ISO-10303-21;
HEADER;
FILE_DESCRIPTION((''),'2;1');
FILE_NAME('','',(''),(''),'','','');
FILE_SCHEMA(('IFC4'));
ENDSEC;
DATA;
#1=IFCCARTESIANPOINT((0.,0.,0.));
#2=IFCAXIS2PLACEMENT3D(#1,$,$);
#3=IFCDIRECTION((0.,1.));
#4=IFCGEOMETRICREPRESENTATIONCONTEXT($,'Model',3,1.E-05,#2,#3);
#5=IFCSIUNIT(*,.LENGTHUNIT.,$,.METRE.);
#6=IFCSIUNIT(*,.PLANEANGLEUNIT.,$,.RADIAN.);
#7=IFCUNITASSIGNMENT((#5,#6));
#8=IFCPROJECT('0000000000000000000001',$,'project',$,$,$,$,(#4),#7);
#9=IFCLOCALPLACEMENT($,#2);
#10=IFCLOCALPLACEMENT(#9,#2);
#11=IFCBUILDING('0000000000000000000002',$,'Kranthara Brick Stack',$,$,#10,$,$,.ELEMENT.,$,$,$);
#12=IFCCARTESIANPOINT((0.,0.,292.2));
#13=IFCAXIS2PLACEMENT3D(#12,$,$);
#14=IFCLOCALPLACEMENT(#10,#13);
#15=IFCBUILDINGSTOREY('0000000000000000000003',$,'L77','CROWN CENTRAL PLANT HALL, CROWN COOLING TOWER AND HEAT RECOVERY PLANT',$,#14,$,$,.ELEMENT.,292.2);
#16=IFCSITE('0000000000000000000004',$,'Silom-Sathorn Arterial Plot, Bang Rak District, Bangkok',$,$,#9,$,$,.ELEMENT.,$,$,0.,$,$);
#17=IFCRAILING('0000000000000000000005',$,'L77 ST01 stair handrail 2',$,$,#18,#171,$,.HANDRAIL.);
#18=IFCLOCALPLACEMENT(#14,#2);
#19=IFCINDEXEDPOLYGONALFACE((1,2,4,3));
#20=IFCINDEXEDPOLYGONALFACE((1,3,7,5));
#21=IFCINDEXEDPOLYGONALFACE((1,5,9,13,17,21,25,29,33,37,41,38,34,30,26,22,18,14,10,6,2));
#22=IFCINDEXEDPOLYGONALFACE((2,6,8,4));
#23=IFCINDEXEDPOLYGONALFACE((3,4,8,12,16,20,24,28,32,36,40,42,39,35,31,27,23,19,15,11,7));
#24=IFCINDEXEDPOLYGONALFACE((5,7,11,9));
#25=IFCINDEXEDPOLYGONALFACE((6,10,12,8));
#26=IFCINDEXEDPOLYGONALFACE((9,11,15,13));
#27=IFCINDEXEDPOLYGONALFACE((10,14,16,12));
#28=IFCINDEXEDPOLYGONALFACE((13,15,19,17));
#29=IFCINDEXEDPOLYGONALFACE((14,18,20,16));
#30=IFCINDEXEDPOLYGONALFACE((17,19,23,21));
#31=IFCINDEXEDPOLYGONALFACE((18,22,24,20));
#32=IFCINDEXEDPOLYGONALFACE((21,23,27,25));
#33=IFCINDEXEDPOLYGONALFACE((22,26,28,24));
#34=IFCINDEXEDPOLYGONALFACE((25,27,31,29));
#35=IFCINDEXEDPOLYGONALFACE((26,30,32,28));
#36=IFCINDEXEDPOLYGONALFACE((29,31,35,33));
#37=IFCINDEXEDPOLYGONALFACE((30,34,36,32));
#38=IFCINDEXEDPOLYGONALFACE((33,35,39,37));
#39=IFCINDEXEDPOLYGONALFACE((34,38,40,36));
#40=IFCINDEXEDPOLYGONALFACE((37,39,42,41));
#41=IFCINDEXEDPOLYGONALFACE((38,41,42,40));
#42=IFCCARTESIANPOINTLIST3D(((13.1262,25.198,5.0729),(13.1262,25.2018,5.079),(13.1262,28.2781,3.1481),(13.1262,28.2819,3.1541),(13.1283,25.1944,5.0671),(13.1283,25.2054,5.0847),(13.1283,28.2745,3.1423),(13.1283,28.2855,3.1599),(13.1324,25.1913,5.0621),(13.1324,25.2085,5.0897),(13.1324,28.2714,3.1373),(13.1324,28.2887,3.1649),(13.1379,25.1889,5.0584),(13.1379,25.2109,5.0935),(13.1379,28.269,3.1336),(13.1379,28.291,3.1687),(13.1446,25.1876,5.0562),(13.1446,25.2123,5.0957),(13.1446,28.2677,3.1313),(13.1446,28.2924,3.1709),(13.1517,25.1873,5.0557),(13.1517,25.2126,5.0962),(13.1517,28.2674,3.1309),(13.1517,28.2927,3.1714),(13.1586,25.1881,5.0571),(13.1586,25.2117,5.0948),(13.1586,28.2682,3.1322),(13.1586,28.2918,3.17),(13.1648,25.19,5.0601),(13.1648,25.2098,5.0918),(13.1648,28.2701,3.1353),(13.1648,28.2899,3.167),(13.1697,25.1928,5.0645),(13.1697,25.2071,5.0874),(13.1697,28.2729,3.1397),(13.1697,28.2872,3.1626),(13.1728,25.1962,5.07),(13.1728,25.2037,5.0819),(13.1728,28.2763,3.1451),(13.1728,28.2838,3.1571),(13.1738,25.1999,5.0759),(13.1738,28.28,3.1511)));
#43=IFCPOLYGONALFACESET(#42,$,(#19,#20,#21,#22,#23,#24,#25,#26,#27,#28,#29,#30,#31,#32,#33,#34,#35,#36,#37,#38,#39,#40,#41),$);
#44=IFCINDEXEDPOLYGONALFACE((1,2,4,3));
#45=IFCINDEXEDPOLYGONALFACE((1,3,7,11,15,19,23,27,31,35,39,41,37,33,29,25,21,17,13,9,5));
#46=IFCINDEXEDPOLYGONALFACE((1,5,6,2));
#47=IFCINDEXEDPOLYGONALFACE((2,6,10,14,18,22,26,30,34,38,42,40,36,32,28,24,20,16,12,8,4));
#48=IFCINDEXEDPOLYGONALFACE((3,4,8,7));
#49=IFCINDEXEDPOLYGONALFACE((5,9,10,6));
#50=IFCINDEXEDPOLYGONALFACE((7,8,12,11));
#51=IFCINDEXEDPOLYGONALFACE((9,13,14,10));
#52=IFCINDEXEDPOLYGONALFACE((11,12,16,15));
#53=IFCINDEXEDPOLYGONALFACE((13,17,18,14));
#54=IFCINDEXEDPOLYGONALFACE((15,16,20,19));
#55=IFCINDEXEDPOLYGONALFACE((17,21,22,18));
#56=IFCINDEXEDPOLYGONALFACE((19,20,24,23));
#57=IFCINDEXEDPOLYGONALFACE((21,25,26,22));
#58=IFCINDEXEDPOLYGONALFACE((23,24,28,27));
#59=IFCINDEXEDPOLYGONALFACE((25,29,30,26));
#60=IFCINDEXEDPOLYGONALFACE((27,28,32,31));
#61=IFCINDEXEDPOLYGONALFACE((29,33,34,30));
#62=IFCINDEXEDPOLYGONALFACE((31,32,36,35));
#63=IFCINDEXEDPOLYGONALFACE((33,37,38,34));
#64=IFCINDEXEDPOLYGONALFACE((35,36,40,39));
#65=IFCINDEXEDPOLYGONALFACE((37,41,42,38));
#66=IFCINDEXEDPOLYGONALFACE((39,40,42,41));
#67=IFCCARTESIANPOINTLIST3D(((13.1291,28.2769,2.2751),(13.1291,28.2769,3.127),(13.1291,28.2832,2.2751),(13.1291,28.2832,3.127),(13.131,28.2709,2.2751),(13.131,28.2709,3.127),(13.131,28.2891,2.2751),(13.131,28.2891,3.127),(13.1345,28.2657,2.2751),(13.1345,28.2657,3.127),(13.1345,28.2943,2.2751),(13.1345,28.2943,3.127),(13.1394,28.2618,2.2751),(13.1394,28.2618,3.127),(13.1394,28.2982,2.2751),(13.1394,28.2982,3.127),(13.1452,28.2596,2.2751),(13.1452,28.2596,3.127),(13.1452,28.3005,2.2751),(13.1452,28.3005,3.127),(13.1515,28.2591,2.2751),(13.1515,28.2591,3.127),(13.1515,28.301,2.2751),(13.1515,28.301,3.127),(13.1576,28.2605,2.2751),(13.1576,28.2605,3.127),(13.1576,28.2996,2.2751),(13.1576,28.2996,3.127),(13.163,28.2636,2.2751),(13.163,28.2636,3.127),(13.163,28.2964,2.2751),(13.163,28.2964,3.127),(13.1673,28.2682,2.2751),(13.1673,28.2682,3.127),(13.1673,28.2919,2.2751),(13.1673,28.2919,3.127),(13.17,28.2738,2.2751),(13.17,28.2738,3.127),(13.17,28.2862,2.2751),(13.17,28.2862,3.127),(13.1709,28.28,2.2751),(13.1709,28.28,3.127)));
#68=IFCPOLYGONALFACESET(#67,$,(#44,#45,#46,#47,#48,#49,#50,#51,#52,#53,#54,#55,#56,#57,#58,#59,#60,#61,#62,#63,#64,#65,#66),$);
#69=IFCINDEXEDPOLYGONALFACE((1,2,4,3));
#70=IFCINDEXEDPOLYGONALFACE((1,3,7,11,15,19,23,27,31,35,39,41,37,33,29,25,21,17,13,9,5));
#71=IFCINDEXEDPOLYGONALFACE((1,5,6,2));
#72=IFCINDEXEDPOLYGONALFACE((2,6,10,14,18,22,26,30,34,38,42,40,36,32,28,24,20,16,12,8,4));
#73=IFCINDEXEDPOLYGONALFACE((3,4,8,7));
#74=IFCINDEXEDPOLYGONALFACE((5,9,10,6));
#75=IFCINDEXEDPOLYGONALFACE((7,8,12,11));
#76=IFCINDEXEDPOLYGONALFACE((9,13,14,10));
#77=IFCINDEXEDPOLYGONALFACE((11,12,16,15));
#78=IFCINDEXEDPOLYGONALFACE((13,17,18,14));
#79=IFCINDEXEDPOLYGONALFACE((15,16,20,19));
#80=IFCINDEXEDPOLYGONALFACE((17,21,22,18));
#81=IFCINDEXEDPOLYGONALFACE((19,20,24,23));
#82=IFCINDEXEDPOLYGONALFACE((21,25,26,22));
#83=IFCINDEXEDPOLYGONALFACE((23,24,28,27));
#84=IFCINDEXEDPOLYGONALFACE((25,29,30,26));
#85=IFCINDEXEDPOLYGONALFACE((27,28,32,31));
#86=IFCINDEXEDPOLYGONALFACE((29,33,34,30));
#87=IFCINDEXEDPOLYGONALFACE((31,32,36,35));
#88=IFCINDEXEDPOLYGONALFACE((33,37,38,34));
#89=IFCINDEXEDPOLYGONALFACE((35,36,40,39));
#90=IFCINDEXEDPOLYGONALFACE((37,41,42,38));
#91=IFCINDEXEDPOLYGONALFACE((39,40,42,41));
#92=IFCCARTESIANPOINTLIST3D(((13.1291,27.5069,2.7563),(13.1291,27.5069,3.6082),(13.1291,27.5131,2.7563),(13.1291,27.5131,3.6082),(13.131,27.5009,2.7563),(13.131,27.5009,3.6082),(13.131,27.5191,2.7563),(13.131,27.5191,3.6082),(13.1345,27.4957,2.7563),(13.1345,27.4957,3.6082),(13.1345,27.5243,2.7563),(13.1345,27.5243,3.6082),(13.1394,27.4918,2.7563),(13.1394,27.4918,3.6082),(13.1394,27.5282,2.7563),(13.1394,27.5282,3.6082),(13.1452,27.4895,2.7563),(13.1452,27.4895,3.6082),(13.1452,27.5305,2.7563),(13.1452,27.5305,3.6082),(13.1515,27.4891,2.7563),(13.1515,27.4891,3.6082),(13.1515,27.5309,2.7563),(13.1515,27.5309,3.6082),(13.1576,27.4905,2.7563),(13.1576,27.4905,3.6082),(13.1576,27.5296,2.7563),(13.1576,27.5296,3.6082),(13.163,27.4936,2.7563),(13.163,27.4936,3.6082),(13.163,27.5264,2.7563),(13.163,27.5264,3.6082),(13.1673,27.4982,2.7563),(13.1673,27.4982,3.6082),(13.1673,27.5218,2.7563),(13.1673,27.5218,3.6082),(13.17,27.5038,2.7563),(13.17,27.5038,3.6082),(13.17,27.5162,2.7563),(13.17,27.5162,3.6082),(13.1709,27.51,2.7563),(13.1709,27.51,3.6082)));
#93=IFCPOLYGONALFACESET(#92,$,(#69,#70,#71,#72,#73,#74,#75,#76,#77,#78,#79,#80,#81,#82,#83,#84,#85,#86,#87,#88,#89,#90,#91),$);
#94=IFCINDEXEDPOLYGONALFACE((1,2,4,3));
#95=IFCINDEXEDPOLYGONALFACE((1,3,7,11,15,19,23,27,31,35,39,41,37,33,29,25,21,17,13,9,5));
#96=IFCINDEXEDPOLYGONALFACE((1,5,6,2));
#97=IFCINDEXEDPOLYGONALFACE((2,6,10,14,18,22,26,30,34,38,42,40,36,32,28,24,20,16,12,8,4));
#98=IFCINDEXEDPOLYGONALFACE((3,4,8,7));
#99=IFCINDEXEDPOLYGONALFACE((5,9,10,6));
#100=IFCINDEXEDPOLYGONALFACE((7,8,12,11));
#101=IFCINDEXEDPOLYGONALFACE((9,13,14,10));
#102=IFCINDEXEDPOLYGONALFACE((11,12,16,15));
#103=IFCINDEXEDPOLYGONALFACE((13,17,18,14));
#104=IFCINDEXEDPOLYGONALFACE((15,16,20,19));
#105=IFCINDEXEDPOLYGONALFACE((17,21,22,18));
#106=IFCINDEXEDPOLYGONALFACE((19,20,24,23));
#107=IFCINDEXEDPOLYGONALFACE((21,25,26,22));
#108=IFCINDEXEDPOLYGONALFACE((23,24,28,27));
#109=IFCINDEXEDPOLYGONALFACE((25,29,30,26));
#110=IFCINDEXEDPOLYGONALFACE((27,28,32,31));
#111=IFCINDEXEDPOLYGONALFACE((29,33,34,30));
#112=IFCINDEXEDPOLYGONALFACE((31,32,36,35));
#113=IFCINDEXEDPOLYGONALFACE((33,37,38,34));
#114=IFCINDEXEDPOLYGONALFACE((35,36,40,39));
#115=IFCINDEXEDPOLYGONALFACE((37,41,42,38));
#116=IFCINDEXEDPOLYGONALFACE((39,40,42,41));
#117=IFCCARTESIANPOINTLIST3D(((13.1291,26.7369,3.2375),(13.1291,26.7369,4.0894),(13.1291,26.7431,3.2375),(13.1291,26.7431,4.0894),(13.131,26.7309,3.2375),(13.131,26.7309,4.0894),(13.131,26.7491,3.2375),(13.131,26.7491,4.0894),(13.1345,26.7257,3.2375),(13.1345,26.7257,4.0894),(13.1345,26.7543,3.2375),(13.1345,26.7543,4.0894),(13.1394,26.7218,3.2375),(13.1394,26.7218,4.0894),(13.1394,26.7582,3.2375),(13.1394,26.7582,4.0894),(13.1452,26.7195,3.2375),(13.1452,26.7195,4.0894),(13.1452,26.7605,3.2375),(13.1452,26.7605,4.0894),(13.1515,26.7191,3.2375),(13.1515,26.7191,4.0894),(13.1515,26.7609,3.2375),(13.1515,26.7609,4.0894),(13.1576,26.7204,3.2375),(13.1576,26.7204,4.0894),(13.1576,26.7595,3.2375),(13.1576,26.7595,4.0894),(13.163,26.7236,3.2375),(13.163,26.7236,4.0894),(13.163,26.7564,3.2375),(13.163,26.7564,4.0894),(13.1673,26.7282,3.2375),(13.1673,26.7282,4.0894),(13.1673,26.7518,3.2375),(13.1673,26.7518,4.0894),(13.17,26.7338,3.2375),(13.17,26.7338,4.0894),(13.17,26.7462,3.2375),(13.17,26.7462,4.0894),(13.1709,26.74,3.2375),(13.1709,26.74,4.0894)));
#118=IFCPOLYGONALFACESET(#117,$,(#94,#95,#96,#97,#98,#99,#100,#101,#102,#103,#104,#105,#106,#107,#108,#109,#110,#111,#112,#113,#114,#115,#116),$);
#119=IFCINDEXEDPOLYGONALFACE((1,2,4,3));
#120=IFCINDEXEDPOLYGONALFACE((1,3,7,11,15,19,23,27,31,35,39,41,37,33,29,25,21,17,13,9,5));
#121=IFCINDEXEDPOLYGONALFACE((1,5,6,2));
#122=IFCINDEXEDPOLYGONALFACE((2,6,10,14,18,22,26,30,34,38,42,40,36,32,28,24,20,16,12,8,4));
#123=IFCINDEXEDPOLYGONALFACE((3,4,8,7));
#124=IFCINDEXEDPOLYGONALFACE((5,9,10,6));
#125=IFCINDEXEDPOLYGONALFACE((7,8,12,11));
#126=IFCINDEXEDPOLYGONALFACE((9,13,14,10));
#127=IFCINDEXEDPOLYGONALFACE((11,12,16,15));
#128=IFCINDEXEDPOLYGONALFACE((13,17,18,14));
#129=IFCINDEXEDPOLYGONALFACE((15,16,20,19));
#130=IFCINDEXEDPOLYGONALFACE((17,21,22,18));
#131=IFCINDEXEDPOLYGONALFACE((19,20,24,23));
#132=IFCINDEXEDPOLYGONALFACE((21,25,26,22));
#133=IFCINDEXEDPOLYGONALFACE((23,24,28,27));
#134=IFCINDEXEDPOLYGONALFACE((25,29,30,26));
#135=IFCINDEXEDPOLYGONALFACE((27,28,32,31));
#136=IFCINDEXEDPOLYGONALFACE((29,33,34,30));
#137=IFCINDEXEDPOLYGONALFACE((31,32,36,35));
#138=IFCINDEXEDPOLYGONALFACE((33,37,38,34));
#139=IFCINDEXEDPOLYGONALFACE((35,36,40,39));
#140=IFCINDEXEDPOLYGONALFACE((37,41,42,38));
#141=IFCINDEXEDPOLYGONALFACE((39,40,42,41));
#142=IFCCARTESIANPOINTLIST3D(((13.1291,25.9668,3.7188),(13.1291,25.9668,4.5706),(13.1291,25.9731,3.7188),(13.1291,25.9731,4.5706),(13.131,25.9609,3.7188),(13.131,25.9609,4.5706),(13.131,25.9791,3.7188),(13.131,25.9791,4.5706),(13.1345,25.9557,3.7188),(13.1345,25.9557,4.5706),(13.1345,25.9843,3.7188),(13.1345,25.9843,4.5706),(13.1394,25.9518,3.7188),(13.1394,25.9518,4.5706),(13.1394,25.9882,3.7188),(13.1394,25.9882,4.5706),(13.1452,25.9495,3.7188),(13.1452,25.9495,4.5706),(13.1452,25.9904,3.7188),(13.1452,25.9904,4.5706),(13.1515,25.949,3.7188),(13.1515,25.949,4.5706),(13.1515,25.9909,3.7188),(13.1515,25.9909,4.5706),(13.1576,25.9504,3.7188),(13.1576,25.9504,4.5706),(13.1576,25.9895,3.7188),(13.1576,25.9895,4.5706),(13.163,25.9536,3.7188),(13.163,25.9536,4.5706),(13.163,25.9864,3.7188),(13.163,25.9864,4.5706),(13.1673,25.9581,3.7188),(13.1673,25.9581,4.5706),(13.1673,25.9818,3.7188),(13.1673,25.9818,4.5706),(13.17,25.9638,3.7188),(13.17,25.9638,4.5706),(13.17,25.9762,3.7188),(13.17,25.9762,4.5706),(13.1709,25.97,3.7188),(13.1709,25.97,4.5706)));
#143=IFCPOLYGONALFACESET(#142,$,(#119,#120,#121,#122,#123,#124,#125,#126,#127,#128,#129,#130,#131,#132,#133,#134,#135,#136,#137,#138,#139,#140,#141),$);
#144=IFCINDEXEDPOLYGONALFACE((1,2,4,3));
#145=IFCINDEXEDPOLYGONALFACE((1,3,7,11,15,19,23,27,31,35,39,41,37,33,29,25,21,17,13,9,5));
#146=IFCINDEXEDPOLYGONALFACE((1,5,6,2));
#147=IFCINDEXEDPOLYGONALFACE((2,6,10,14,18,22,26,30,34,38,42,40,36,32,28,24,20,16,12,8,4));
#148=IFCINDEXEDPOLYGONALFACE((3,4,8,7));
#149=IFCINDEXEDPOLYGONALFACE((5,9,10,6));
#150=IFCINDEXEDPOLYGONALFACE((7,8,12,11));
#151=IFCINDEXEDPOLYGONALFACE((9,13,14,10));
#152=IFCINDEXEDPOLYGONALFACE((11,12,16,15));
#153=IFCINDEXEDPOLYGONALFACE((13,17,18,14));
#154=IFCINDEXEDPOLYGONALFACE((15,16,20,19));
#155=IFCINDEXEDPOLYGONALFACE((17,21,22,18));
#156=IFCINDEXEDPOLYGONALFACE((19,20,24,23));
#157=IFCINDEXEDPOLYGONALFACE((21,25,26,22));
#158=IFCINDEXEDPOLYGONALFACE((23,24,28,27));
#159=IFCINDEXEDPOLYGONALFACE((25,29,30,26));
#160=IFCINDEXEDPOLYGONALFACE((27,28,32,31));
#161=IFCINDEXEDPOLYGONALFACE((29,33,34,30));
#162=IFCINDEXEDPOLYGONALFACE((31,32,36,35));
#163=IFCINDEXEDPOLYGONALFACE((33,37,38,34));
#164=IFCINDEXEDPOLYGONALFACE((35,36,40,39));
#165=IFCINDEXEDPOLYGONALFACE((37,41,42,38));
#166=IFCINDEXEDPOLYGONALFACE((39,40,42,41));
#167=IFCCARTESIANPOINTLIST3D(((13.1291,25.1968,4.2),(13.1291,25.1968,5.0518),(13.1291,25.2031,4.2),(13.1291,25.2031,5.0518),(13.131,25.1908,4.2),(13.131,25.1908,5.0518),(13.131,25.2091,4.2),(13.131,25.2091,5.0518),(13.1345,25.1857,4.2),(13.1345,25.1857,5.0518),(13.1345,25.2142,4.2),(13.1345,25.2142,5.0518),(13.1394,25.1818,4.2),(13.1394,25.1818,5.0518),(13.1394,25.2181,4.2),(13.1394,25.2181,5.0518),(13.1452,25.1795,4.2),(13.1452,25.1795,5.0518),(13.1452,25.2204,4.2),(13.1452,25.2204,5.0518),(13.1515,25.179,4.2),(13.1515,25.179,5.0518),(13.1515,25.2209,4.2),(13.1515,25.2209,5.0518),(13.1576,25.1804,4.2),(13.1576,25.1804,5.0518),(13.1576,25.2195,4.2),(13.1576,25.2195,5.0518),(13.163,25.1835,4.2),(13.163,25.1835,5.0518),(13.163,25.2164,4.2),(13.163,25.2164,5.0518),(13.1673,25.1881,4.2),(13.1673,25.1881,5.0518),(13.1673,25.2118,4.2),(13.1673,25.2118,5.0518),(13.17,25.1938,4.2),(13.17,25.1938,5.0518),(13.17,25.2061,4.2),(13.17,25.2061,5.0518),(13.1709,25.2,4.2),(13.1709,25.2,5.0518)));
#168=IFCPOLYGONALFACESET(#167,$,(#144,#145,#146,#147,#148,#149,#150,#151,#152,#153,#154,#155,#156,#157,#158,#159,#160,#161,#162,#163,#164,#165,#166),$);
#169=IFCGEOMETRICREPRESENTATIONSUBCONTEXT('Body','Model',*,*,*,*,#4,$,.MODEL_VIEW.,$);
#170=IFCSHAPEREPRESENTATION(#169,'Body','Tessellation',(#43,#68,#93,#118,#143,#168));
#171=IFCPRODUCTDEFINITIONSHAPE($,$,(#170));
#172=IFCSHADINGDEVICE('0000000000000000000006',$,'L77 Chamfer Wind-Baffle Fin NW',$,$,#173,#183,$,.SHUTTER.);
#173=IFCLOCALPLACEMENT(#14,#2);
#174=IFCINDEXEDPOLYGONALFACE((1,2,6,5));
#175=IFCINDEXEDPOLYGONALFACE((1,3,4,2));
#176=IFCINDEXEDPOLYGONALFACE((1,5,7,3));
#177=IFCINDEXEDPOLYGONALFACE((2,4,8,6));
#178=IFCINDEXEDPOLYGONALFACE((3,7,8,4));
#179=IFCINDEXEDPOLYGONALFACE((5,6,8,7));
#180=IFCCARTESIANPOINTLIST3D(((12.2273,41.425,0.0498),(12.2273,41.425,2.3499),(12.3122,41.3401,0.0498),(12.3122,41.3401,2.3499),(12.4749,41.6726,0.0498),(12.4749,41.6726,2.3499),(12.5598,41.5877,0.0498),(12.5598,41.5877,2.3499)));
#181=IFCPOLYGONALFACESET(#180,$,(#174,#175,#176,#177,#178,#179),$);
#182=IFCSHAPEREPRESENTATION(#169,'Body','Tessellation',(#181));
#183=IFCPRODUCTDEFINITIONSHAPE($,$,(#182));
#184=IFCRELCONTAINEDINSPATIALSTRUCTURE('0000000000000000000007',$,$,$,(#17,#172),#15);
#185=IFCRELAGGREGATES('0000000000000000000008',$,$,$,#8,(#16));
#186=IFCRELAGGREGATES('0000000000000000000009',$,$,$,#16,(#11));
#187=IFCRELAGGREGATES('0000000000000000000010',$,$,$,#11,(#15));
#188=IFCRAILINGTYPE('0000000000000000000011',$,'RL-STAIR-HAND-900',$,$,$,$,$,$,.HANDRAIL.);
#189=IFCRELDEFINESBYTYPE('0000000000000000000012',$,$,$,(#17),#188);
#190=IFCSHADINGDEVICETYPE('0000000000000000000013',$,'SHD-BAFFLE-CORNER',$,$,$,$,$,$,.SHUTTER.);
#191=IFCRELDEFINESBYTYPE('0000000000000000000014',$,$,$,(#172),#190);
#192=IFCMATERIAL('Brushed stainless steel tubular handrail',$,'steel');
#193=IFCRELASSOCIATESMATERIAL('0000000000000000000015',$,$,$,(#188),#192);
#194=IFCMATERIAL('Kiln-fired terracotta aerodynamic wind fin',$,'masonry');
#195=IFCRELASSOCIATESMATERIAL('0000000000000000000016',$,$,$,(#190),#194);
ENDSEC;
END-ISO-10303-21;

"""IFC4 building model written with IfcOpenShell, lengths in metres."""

from ifc_helpers import new_model, si_unit, direction, frame, origin, origin_2d, place, context, subcontext, project, spatial, rectangle, circle, extrude, material, type_object, element, save


model = new_model("IFC4")

# Units and contexts
model_context = context("Model", 3, precision=1e-05, world=origin(), true_north=direction((0.0, 1.0)))
body_context = subcontext(model_context, "Body", "Model", "MODEL_VIEW")
ifc_project = project(units=[si_unit("LENGTHUNIT", "METRE"), si_unit("PLANEANGLEUNIT", "RADIAN")], contexts=[model_context])

# Site, building, storey
site_placement = place(None, origin())
site = spatial("IfcSite", under=ifc_project, at=site_placement, Name="Silom-Sathorn Arterial Plot, Bang Rak District, Bangkok", CompositionType="ELEMENT", RefElevation=0.0)
building_placement = place(site_placement, origin())
building = spatial("IfcBuilding", under=site, at=building_placement, Name="Kranthara Brick Stack", CompositionType="ELEMENT")
storey_placement = place(building_placement, frame((0.0, 0.0, 292.2)))
storey = spatial("IfcBuildingStorey", under=building, at=storey_placement, Name="L77", Description="CROWN CENTRAL PLANT HALL, CROWN COOLING TOWER AND HEAT RECOVERY PLANT", CompositionType="ELEMENT", Elevation=292.2)

# Railing
ifc_material_1 = material(Name="Brushed stainless steel tubular handrail", Category="steel")
railing_type = type_object("IfcRailingType", Name="RL-STAIR-HAND-900", PredefinedType="HANDRAIL", material=ifc_material_1)
railing_placement = place(storey_placement, frame((13.1499, 28.28, 2.2751)))
element("IfcRailing", 1, at=railing_placement, inside=storey, type_object=railing_type, Name="L77 ST01 stair handrail 2", PredefinedType="HANDRAIL", context=body_context, shape_type="SweptSolid", body=[
    extrude(circle(Radius=0.0239, at=origin_2d()), frame((0.0, 0.0, 0.876), z_axis=(0.0, -0.848029, 0.529951), x_axis=(1.0, 0.0, 0.0)), (0.0, 0.0, 1.0), 3.6321),
    extrude(circle(Radius=0.021, at=origin_2d()), origin(), (0.0, 0.0, 1.0), 0.8518),
    extrude(circle(Radius=0.021, at=origin_2d()), frame((0.0, -0.77, 0.4812)), (0.0, 0.0, 1.0), 0.8518),
    extrude(circle(Radius=0.021, at=origin_2d()), frame((0.0, -1.54, 0.9624)), (0.0, 0.0, 1.0), 0.8518),
    extrude(circle(Radius=0.021, at=origin_2d()), frame((0.0, -2.3101, 1.4436)), (0.0, 0.0, 1.0), 0.8518),
    extrude(circle(Radius=0.021, at=origin_2d()), frame((0.0, -3.0801, 1.9248)), (0.0, 0.0, 1.0), 0.8518),
])

# Shading device
ifc_material_2 = material(Name="Kiln-fired terracotta aerodynamic wind fin", Category="masonry")
shading_device_type = type_object("IfcShadingDeviceType", Name="SHD-BAFFLE-CORNER", PredefinedType="SHUTTER", material=ifc_material_2)
shading_device_placement = place(storey_placement, frame((12.3936, 41.5063, 0.0498), z_axis=(0.0, 0.0, 1.0), x_axis=(0.707107, 0.707107, 0.0)))
element("IfcShadingDevice", 2, at=shading_device_placement, inside=storey, type_object=shading_device_type, Name="L77 Chamfer Wind-Baffle Fin NW", PredefinedType="SHUTTER", context=body_context, shape_type="SweptSolid", body=[
    extrude(rectangle(XDim=0.3501, YDim=0.1201, at=origin_2d()), origin(), (0.0, 0.0, 1.0), 2.3),
])

save(model, "model.ifc")
